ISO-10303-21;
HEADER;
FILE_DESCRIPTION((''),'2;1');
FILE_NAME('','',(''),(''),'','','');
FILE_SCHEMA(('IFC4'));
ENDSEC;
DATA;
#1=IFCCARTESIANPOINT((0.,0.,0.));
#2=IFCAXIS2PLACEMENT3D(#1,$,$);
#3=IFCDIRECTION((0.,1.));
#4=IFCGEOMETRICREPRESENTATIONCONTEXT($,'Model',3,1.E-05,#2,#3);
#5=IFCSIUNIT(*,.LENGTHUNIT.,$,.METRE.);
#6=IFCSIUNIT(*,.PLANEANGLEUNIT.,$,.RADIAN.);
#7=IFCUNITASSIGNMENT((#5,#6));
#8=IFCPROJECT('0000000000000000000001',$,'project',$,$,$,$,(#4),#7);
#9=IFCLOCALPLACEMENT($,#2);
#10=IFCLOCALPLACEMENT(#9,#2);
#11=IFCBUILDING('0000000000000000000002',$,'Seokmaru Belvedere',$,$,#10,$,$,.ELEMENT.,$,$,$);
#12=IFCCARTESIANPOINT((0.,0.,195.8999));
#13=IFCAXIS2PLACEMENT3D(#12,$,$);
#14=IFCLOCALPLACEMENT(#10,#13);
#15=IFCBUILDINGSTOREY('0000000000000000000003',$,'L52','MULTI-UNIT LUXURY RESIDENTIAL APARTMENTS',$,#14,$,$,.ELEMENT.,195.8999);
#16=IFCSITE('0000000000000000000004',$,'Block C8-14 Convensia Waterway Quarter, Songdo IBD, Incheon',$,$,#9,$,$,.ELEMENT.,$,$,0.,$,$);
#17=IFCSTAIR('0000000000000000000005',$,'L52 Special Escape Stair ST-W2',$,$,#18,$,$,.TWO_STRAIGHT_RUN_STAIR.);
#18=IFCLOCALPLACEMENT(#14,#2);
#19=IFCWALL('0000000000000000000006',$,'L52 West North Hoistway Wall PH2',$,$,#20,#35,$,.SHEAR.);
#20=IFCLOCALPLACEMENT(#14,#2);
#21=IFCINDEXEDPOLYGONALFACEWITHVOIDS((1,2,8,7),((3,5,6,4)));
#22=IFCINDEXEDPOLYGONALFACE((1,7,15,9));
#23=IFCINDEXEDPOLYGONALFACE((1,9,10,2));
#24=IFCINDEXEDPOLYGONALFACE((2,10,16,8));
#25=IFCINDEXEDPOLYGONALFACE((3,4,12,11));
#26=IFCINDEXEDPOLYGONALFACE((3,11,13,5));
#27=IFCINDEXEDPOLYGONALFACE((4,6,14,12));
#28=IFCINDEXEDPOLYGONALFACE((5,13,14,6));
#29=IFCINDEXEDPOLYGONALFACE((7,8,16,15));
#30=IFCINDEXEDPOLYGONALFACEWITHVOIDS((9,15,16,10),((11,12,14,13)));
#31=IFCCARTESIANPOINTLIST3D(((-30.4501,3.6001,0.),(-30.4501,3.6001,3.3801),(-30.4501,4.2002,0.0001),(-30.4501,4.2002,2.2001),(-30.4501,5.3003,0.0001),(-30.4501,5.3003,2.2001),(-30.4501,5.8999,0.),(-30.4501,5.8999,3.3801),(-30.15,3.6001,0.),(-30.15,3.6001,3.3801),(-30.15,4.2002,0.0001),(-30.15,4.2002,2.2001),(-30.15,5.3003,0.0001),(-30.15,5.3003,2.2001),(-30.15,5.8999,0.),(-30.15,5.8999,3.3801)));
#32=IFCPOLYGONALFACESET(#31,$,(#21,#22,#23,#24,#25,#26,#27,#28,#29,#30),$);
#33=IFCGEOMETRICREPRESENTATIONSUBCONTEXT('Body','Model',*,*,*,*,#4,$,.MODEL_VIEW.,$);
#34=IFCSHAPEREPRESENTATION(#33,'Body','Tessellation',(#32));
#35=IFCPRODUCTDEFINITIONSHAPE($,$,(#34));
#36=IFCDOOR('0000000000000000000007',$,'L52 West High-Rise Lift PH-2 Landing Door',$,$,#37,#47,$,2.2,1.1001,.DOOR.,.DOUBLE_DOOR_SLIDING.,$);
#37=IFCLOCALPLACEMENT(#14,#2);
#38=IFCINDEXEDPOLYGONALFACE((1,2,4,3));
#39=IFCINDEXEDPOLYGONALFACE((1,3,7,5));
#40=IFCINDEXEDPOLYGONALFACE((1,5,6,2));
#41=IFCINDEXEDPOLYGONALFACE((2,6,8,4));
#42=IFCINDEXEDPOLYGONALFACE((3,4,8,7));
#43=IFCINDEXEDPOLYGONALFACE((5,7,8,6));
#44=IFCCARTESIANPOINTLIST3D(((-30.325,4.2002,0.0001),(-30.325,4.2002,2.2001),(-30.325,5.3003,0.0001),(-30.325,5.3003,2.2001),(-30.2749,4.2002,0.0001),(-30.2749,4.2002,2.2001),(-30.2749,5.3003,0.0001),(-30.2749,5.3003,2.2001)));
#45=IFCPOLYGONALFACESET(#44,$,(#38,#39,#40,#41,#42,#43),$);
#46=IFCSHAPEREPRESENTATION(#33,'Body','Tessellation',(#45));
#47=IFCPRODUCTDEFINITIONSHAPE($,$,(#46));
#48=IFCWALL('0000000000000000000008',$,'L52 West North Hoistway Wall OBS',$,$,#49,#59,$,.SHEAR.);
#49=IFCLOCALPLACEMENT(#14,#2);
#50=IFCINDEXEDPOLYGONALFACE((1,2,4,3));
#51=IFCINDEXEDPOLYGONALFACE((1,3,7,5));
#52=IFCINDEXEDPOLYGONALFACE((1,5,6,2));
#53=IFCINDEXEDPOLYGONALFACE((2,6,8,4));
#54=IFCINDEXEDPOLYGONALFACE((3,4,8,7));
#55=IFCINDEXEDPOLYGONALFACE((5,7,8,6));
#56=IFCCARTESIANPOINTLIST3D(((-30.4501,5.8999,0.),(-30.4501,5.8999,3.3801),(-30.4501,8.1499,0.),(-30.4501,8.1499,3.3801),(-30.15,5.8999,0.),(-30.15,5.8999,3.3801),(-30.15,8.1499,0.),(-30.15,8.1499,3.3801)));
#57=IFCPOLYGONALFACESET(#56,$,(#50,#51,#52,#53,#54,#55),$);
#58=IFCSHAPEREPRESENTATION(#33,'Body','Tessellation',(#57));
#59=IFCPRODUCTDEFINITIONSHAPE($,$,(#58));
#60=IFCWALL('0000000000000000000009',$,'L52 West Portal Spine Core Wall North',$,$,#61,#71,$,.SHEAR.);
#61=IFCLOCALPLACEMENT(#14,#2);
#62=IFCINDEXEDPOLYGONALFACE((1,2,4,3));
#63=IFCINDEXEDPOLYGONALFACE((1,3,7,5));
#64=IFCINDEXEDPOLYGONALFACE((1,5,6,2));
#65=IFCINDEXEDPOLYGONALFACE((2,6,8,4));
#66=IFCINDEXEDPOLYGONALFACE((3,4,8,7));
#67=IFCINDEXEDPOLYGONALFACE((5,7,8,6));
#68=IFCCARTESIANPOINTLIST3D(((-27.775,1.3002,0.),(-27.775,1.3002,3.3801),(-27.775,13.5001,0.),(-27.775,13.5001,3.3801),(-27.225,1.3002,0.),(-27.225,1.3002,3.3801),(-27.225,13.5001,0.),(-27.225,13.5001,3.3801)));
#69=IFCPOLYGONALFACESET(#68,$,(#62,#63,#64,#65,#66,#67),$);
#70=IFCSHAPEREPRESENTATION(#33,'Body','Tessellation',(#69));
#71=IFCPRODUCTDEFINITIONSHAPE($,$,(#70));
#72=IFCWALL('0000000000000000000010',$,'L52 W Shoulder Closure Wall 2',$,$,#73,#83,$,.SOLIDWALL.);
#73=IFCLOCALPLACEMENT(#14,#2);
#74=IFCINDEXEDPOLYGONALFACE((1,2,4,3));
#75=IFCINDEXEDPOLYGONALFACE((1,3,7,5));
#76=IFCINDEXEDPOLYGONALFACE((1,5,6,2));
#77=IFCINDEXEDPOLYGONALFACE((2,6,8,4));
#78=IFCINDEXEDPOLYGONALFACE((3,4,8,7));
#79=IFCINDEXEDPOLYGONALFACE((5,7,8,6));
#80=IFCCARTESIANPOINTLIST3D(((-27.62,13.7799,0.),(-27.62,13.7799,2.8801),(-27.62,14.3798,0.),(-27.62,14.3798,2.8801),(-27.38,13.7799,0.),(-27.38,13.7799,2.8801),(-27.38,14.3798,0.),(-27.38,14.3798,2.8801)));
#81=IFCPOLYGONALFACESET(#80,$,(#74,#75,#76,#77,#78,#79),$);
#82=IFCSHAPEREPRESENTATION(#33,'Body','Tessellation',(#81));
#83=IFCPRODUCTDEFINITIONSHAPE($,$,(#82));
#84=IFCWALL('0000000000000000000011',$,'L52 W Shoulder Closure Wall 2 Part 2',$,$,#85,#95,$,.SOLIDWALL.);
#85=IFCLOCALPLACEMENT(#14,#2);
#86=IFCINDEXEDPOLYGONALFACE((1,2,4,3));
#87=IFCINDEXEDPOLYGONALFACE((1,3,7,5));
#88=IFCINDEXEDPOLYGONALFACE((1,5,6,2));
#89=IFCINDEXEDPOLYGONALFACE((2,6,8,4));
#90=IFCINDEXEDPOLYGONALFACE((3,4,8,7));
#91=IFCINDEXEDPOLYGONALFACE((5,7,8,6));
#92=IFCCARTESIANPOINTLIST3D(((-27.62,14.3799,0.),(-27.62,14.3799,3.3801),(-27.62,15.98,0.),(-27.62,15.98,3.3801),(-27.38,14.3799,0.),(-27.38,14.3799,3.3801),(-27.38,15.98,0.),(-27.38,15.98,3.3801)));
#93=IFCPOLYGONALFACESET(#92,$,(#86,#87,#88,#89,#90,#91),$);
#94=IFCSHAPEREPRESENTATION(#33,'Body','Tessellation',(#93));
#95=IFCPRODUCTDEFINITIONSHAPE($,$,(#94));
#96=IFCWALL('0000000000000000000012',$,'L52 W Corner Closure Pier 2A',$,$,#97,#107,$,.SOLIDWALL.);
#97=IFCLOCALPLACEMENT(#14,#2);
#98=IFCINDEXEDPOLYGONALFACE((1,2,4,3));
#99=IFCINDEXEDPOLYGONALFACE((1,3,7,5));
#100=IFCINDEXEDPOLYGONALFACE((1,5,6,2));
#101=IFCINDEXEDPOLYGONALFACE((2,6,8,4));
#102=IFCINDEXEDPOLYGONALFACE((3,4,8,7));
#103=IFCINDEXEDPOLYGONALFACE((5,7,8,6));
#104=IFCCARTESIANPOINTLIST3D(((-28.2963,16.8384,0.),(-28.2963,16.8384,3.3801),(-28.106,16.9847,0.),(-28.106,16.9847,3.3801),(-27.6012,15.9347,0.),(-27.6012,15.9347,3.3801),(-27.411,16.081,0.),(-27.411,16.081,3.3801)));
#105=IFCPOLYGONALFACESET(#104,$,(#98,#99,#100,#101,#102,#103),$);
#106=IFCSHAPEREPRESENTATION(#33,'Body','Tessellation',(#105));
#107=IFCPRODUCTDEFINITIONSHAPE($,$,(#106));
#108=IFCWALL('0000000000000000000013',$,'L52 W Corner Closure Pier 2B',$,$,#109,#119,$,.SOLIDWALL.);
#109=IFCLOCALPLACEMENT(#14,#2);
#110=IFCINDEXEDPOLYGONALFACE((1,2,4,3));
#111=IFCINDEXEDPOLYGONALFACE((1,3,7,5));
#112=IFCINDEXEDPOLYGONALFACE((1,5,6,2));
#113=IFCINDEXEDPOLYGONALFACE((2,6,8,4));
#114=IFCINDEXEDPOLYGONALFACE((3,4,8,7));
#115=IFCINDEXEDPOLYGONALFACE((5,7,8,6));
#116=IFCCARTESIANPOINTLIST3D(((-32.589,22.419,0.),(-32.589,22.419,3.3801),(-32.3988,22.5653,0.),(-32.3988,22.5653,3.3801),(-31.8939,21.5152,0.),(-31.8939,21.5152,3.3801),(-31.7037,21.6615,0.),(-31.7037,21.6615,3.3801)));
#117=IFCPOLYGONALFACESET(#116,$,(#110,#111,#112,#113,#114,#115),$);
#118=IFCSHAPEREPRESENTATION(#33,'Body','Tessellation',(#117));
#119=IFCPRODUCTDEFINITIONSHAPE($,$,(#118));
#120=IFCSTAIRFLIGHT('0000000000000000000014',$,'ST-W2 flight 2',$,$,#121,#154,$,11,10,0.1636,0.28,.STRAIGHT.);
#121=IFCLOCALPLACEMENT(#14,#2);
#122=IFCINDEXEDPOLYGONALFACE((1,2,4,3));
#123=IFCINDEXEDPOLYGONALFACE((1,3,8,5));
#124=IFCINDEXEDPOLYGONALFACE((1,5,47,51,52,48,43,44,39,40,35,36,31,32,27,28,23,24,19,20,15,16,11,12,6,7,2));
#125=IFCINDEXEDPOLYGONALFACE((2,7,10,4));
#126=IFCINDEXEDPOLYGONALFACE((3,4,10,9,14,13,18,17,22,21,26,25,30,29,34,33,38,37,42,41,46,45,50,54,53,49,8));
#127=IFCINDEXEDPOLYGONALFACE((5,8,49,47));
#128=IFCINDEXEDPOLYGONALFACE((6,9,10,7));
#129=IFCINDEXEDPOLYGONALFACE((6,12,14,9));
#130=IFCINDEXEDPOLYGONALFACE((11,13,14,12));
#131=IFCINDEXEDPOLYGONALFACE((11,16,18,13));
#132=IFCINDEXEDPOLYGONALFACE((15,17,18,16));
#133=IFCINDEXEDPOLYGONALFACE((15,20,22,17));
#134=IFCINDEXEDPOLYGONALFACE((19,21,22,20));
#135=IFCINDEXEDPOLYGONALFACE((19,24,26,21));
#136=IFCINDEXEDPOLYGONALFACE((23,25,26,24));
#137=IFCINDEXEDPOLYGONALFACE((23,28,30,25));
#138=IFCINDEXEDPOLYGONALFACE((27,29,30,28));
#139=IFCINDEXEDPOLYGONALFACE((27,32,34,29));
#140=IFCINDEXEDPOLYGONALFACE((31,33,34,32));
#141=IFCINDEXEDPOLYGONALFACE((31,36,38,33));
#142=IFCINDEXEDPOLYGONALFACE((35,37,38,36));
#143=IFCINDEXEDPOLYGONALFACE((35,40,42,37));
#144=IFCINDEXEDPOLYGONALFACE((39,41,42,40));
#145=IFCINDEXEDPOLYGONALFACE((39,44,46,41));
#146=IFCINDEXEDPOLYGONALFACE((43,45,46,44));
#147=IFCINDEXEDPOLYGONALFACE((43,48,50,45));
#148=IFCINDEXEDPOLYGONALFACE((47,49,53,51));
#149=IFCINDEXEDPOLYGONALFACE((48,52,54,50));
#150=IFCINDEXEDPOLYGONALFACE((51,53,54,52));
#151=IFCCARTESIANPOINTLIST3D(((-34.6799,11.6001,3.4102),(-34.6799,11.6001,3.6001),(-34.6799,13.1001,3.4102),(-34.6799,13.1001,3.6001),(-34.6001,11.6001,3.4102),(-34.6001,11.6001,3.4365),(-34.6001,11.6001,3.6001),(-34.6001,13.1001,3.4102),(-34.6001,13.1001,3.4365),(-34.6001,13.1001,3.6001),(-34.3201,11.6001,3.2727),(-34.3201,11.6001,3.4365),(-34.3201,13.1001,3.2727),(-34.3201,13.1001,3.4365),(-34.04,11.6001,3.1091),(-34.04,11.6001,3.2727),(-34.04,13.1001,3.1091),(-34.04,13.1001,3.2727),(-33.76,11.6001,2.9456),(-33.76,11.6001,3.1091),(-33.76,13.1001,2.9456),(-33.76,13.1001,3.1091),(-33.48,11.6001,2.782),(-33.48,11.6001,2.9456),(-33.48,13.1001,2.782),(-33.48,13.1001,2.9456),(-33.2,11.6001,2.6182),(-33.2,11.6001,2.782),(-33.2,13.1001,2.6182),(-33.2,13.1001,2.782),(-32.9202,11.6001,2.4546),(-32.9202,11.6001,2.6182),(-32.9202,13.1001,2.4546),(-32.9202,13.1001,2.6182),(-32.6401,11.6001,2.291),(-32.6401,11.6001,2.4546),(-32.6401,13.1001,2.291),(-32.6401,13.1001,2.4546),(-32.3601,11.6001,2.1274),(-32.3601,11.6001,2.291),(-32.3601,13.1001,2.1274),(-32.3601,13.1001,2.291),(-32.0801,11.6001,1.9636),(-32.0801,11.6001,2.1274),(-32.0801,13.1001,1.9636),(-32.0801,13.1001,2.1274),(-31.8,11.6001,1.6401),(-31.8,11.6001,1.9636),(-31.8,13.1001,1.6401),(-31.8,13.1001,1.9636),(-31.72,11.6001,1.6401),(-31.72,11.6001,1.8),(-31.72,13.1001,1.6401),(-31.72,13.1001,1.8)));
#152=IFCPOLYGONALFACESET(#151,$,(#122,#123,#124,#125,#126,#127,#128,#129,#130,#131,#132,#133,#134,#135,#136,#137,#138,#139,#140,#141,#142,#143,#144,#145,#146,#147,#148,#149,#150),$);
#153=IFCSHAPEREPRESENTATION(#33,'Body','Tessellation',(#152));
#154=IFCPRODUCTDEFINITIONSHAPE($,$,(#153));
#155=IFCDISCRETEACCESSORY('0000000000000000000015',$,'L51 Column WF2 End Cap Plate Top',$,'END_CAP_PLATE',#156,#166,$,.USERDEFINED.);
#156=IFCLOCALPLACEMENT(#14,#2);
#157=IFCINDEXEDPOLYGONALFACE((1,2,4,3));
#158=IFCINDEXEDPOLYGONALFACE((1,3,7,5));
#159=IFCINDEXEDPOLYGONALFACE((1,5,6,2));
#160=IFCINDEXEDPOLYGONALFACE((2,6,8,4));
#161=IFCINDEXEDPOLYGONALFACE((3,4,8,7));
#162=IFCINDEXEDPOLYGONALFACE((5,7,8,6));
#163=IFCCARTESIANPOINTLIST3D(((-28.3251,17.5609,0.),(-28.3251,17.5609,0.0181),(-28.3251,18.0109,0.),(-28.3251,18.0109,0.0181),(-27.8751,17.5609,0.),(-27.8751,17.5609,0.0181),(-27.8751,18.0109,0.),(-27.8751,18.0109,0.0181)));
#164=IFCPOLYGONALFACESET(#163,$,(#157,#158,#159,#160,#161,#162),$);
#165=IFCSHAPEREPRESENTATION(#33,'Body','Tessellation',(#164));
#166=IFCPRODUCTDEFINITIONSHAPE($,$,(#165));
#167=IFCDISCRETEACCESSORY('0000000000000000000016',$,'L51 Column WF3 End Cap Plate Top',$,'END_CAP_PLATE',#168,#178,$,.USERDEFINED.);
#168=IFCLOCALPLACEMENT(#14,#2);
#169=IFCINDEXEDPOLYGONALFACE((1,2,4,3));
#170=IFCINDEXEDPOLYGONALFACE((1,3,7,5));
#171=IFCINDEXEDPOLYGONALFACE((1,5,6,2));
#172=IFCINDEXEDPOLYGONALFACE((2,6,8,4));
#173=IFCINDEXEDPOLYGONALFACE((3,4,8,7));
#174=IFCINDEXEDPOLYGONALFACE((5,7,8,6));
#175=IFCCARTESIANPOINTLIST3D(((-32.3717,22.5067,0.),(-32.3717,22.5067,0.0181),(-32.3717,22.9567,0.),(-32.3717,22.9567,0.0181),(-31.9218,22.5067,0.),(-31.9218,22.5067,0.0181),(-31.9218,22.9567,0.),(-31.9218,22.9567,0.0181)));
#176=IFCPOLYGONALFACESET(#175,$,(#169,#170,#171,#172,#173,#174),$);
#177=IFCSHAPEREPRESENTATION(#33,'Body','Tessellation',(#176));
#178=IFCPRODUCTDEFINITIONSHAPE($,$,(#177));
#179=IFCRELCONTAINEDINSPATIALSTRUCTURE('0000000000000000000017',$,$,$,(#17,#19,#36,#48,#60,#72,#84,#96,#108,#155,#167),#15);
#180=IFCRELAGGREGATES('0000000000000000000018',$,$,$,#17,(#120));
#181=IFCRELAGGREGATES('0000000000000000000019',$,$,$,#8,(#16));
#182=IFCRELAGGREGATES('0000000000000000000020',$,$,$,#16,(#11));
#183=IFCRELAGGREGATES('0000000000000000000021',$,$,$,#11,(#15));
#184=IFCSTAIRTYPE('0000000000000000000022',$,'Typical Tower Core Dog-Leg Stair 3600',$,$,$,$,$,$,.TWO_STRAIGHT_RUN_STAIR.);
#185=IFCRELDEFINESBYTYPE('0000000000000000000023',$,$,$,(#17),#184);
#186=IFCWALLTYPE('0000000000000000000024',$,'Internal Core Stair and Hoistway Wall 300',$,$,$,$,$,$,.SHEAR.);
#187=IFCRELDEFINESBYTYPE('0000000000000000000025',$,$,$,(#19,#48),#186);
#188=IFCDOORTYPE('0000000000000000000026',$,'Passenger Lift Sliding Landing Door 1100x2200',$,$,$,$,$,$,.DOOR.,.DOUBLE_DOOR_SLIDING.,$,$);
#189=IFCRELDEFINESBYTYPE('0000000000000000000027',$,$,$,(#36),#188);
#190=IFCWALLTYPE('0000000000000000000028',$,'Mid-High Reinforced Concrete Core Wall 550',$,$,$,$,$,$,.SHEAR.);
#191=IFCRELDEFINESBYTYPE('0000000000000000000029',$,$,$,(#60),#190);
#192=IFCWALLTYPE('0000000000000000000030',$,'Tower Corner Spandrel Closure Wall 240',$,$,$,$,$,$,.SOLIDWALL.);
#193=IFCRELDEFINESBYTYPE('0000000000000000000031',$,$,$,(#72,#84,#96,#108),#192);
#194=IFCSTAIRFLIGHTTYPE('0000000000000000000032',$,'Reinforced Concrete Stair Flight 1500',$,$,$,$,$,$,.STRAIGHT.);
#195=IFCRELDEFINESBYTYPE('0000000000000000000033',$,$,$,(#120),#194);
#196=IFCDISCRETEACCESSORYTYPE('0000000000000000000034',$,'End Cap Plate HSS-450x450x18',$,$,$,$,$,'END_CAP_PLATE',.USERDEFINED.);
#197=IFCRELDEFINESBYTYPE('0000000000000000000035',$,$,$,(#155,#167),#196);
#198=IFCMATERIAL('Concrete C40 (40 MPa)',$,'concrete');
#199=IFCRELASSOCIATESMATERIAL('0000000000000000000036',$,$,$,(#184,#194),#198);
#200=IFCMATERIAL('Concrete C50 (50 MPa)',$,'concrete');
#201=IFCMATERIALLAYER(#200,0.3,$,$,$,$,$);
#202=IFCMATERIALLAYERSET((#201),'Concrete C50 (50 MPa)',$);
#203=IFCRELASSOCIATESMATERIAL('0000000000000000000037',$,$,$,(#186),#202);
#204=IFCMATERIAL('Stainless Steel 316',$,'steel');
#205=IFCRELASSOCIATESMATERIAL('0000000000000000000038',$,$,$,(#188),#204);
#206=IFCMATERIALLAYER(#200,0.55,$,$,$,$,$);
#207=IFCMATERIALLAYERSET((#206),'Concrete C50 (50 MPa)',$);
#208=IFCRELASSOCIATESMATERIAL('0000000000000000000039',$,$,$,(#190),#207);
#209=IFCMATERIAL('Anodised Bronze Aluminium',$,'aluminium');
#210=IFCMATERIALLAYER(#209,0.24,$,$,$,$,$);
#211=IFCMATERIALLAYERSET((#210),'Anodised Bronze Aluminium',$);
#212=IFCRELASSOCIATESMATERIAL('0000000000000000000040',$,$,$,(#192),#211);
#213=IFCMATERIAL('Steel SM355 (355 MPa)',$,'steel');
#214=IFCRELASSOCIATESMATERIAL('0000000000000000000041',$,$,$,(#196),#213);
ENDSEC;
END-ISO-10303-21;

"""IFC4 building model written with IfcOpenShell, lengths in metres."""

from ifc_helpers import new_model, si_unit, direction, frame, frame_2d, origin, origin_2d, place, context, subcontext, project, spatial, polyline, rectangle, outline, extrude, source, transform, mapped, material, layer, layer_set, type_object, type_shapes, element, fill, aggregate, save


model = new_model("IFC4")

# Units and contexts
model_context = context("Model", 3, precision=1e-05, world=origin(), true_north=direction((0.0, 1.0)))
body_context = subcontext(model_context, "Body", "Model", "MODEL_VIEW")
ifc_project = project(units=[si_unit("LENGTHUNIT", "METRE"), si_unit("PLANEANGLEUNIT", "RADIAN")], contexts=[model_context])

# Site, building, storey
site_placement = place(None, origin())
site = spatial("IfcSite", under=ifc_project, at=site_placement, Name="Block C8-14 Convensia Waterway Quarter, Songdo IBD, Incheon", CompositionType="ELEMENT", RefElevation=0.0)
building_placement = place(site_placement, origin())
building = spatial("IfcBuilding", under=site, at=building_placement, Name="Seokmaru Belvedere", CompositionType="ELEMENT")
storey_placement = place(building_placement, frame((0.0, 0.0, 195.8999)))
storey = spatial("IfcBuildingStorey", under=building, at=storey_placement, Name="L52", Description="MULTI-UNIT LUXURY RESIDENTIAL APARTMENTS", CompositionType="ELEMENT", Elevation=195.8999)

# Shared definitions
ifc_material_1 = material(Name="Steel SM355 (355 MPa)", Category="steel")

# Shared definitions
ifc_material_2 = material(Name="Anodised Bronze Aluminium", Category="aluminium")

# Stair
ifc_material_3 = material(Name="Concrete C40 (40 MPa)", Category="concrete")
stair_type = type_object("IfcStairType", Name="Typical Tower Core Dog-Leg Stair 3600", PredefinedType="TWO_STRAIGHT_RUN_STAIR", material=ifc_material_3)
stair_1_placement = place(storey_placement, origin())
stair_1 = element("IfcStair", 1, at=stair_1_placement, inside=storey, type_object=stair_type, Name="L52 Special Escape Stair ST-W2", PredefinedType="TWO_STRAIGHT_RUN_STAIR")

# Shared definitions
ifc_material_4 = material(Name="Concrete C50 (50 MPa)", Category="concrete")

# Wall, opening, door
ifc_layer_1 = layer(ifc_material_4, 0.3)
ifc_layer_set_1 = layer_set([ifc_layer_1], Name="Concrete C50 (50 MPa)")
wall_type_1 = type_object("IfcWallType", Name="Internal Core Stair and Hoistway Wall 300", PredefinedType="SHEAR", material=ifc_layer_set_1)
ifc_material_5 = material(Name="Stainless Steel 316", Category="steel")
door_type_1 = type_object("IfcDoorType", Name="Passenger Lift Sliding Landing Door 1100x2200", OperationType="DOUBLE_DOOR_SLIDING", PredefinedType="DOOR", material=ifc_material_5)
shared_shape_1 = source(origin(), body_context, "Body", "SweptSolid", [
    extrude(rectangle(XDim=1.1001, YDim=2.2, at=frame_2d((0.55, 1.1001))), frame((0.0, 0.0249, 0.0), z_axis=(0.0, -1.0, 0.0), x_axis=(1.0, 0.0, 0.0)), (0.0, 0.0, 1.0), 0.05),
])
type_shapes(door_type_1, [shared_shape_1])
wall_1_placement = place(storey_placement, frame((-30.3, 3.6001, 0.0), z_axis=(0.0, 0.0, 1.0), x_axis=(0.0, 1.0, 0.0)))
wall_1 = element("IfcWall", 2, at=wall_1_placement, inside=storey, type_object=wall_type_1, Name="L52 West North Hoistway Wall PH2", PredefinedType="SHEAR", context=body_context, shape_type="SweptSolid", body=[
    extrude(rectangle(XDim=2.2998, YDim=0.3, at=frame_2d((1.1499, 0.0))), origin(), (0.0, 0.0, 1.0), 3.3801),
])
opening_1_placement = place(wall_1_placement, frame((0.6001, 0.0, 0.0)))
opening_1 = element("IfcOpeningElement", 3, at=opening_1_placement, cuts=wall_1, PredefinedType="OPENING", context=body_context, shape_type="SweptSolid", body=[
    extrude(rectangle(XDim=1.1001, YDim=2.2, at=frame_2d((0.55, 1.1001))), frame((0.0, 0.1602, 0.0), z_axis=(0.0, -1.0, 0.0), x_axis=(1.0, 0.0, 0.0)), (0.0, 0.0, 1.0), 0.3201),
])
door_1_placement = place(opening_1_placement, origin())
door_1 = element("IfcDoor", 4, at=door_1_placement, inside=storey, type_object=door_type_1, Name="L52 West High-Rise Lift PH-2 Landing Door", OperationType="DOUBLE_DOOR_SLIDING", OverallHeight=2.2, OverallWidth=1.1001, PredefinedType="DOOR", context=body_context, shape_type="MappedRepresentation", body=[
    mapped(shared_shape_1, transform((0.0, 0.0, 0.0), scale=1.0)),
])
fill(opening_1, door_1)

# Wall
wall_2_placement = place(storey_placement, frame((-30.3, 5.8999, 0.0), z_axis=(0.0, 0.0, 1.0), x_axis=(0.0, 1.0, 0.0)))
element("IfcWall", 5, at=wall_2_placement, inside=storey, type_object=wall_type_1, Name="L52 West North Hoistway Wall OBS", PredefinedType="SHEAR", context=body_context, shape_type="SweptSolid", body=[
    extrude(rectangle(XDim=2.25, YDim=0.3, at=frame_2d((1.125, 0.0))), origin(), (0.0, 0.0, 1.0), 3.3801),
])

# Walls
ifc_layer_2 = layer(ifc_material_4, 0.55)
ifc_layer_set_2 = layer_set([ifc_layer_2], Name="Concrete C50 (50 MPa)")
wall_type_2 = type_object("IfcWallType", Name="Mid-High Reinforced Concrete Core Wall 550", PredefinedType="SHEAR", material=ifc_layer_set_2)
wall_3_placement = place(storey_placement, frame((-27.5, 1.3, 0.0), z_axis=(0.0, 0.0, 1.0), x_axis=(0.0, 1.0, 0.0)))
element("IfcWall", 6, at=wall_3_placement, inside=storey, type_object=wall_type_2, Name="L52 West Portal Spine Core Wall North", PredefinedType="SHEAR", context=body_context, shape_type="SweptSolid", body=[
    extrude(rectangle(XDim=12.2, YDim=0.55, at=frame_2d((6.1001, 0.0))), origin(), (0.0, 0.0, 1.0), 3.3801),
])
ifc_layer_3 = layer(ifc_material_2, 0.24)
ifc_layer_set_3 = layer_set([ifc_layer_3], Name="Anodised Bronze Aluminium")
wall_type_3 = type_object("IfcWallType", Name="Tower Corner Spandrel Closure Wall 240", PredefinedType="SOLIDWALL", material=ifc_layer_set_3)
wall_4_placement = place(storey_placement, frame((-27.5, 13.78, 0.0), z_axis=(0.0, 0.0, 1.0), x_axis=(0.0, 1.0, 0.0)))
element("IfcWall", 7, at=wall_4_placement, inside=storey, type_object=wall_type_3, Name="L52 W Shoulder Closure Wall 2", PredefinedType="SOLIDWALL", context=body_context, shape_type="SweptSolid", body=[
    extrude(rectangle(XDim=0.5999, YDim=0.24, at=frame_2d((0.2998, 0.0))), origin(), (0.0, 0.0, 1.0), 2.8801),
])
wall_5_placement = place(storey_placement, frame((-27.5, 14.3799, 0.0), z_axis=(0.0, 0.0, 1.0), x_axis=(0.0, 1.0, 0.0)))
element("IfcWall", 8, at=wall_5_placement, inside=storey, type_object=wall_type_3, Name="L52 W Shoulder Closure Wall 2 Part 2", PredefinedType="SOLIDWALL", context=body_context, shape_type="SweptSolid", body=[
    extrude(rectangle(XDim=1.6001, YDim=0.24, at=frame_2d((0.8, 0.0))), origin(), (0.0, 0.0, 1.0), 3.3801),
])
for number, where, z_axis, x_axis, name in (
    (9, (-27.5061, 16.0078, 0.0), (0.0, 0.0, 1.0), (-0.609618, 0.792696, 0.0), "L52 W Corner Closure Pier 2A"),
    (10, (-31.7988, 21.5884, 0.0), (0.0, 0.0, 1.0), (-0.609618, 0.792696, 0.0), "L52 W Corner Closure Pier 2B"),
):
    element("IfcWall", number, at=place(storey_placement, frame(where, z_axis=z_axis, x_axis=x_axis)), inside=storey, type_object=wall_type_3, Name=name, PredefinedType="SOLIDWALL", context=body_context, shape_type="SweptSolid", body=[
        extrude(rectangle(XDim=1.1401, YDim=0.24, at=frame_2d((0.5701, 0.0))), origin(), (0.0, 0.0, 1.0), 3.3801),
    ])

# Stair flight
stair_flight_type = type_object("IfcStairFlightType", Name="Reinforced Concrete Stair Flight 1500", PredefinedType="STRAIGHT", material=ifc_material_3)
stair_flight_placement = place(storey_placement, frame((-31.8, 12.3501, 1.8), z_axis=(0.0, 0.0, 1.0), x_axis=(-1.0, 0.0, 0.0)))
stair_flight = element("IfcStairFlight", 11, at=stair_flight_placement, type_object=stair_flight_type, Name="ST-W2 flight 2", NumberOfRisers=11, NumberOfTreads=10, PredefinedType="STRAIGHT", RiserHeight=0.1636, TreadLength=0.28, context=body_context, shape_type="SweptSolid", body=[
    extrude(outline(polyline([(-0.0801, 0.0), (0.0, 0.1636), (0.28, 0.1636), (0.28, 0.3274), (0.5601, 0.3274), (0.5601, 0.491), (0.8401, 0.491), (0.8401, 0.6545), (1.1201, 0.6545), (1.1201, 0.8181), (1.3999, 0.8181), (1.3999, 0.9819), (1.6799, 0.9819), (1.6799, 1.1455), (1.96, 1.1455), (1.96, 1.3091), (2.24, 1.3091), (2.24, 1.4727), (2.52, 1.4727), (2.52, 1.6365), (2.8, 1.6365), (2.8, 1.8), (2.8799, 1.8), (2.8799, 1.6101), (2.8, 1.6101), (0.0, -0.1599), (-0.0801, -0.1599), (-0.0801, 0.0)])), frame((0.0, 0.75, 0.0), z_axis=(0.0, -1.0, 0.0), x_axis=(1.0, 0.0, 0.0)), (0.0, 0.0, 1.0), 1.5),
])
aggregate(stair_1, [stair_flight])

# Discrete accessories
discrete_accessory_type = type_object("IfcDiscreteAccessoryType", Name="End Cap Plate HSS-450x450x18", ElementType="END_CAP_PLATE", PredefinedType="USERDEFINED", material=ifc_material_1)
shared_shape_2 = source(origin(), body_context, "Body", "SweptSolid", [
    extrude(rectangle(XDim=0.45, YDim=0.45, at=origin_2d()), origin(), (0.0, 0.0, 1.0), 0.0181),
])
type_shapes(discrete_accessory_type, [shared_shape_2])
for number, where, z_axis, x_axis, name in (
    (12, (-28.1001, 17.7859, 0.0), (0.0, 0.0, 1.0), (1.0, 0.0, 0.0), "L51 Column WF2 End Cap Plate Top"),
    (13, (-32.1467, 22.7317, 0.0), (0.0, 0.0, 1.0), (1.0, 0.0, 0.0), "L51 Column WF3 End Cap Plate Top"),
):
    element("IfcDiscreteAccessory", number, at=place(storey_placement, frame(where, z_axis=z_axis, x_axis=x_axis)), inside=storey, type_object=discrete_accessory_type, Name=name, ObjectType="END_CAP_PLATE", PredefinedType="USERDEFINED", context=body_context, shape_type="MappedRepresentation", body=[
        mapped(shared_shape_2, transform((0.0, 0.0, 0.0), scale=1.0)),
    ])

save(model, "model.ifc")
